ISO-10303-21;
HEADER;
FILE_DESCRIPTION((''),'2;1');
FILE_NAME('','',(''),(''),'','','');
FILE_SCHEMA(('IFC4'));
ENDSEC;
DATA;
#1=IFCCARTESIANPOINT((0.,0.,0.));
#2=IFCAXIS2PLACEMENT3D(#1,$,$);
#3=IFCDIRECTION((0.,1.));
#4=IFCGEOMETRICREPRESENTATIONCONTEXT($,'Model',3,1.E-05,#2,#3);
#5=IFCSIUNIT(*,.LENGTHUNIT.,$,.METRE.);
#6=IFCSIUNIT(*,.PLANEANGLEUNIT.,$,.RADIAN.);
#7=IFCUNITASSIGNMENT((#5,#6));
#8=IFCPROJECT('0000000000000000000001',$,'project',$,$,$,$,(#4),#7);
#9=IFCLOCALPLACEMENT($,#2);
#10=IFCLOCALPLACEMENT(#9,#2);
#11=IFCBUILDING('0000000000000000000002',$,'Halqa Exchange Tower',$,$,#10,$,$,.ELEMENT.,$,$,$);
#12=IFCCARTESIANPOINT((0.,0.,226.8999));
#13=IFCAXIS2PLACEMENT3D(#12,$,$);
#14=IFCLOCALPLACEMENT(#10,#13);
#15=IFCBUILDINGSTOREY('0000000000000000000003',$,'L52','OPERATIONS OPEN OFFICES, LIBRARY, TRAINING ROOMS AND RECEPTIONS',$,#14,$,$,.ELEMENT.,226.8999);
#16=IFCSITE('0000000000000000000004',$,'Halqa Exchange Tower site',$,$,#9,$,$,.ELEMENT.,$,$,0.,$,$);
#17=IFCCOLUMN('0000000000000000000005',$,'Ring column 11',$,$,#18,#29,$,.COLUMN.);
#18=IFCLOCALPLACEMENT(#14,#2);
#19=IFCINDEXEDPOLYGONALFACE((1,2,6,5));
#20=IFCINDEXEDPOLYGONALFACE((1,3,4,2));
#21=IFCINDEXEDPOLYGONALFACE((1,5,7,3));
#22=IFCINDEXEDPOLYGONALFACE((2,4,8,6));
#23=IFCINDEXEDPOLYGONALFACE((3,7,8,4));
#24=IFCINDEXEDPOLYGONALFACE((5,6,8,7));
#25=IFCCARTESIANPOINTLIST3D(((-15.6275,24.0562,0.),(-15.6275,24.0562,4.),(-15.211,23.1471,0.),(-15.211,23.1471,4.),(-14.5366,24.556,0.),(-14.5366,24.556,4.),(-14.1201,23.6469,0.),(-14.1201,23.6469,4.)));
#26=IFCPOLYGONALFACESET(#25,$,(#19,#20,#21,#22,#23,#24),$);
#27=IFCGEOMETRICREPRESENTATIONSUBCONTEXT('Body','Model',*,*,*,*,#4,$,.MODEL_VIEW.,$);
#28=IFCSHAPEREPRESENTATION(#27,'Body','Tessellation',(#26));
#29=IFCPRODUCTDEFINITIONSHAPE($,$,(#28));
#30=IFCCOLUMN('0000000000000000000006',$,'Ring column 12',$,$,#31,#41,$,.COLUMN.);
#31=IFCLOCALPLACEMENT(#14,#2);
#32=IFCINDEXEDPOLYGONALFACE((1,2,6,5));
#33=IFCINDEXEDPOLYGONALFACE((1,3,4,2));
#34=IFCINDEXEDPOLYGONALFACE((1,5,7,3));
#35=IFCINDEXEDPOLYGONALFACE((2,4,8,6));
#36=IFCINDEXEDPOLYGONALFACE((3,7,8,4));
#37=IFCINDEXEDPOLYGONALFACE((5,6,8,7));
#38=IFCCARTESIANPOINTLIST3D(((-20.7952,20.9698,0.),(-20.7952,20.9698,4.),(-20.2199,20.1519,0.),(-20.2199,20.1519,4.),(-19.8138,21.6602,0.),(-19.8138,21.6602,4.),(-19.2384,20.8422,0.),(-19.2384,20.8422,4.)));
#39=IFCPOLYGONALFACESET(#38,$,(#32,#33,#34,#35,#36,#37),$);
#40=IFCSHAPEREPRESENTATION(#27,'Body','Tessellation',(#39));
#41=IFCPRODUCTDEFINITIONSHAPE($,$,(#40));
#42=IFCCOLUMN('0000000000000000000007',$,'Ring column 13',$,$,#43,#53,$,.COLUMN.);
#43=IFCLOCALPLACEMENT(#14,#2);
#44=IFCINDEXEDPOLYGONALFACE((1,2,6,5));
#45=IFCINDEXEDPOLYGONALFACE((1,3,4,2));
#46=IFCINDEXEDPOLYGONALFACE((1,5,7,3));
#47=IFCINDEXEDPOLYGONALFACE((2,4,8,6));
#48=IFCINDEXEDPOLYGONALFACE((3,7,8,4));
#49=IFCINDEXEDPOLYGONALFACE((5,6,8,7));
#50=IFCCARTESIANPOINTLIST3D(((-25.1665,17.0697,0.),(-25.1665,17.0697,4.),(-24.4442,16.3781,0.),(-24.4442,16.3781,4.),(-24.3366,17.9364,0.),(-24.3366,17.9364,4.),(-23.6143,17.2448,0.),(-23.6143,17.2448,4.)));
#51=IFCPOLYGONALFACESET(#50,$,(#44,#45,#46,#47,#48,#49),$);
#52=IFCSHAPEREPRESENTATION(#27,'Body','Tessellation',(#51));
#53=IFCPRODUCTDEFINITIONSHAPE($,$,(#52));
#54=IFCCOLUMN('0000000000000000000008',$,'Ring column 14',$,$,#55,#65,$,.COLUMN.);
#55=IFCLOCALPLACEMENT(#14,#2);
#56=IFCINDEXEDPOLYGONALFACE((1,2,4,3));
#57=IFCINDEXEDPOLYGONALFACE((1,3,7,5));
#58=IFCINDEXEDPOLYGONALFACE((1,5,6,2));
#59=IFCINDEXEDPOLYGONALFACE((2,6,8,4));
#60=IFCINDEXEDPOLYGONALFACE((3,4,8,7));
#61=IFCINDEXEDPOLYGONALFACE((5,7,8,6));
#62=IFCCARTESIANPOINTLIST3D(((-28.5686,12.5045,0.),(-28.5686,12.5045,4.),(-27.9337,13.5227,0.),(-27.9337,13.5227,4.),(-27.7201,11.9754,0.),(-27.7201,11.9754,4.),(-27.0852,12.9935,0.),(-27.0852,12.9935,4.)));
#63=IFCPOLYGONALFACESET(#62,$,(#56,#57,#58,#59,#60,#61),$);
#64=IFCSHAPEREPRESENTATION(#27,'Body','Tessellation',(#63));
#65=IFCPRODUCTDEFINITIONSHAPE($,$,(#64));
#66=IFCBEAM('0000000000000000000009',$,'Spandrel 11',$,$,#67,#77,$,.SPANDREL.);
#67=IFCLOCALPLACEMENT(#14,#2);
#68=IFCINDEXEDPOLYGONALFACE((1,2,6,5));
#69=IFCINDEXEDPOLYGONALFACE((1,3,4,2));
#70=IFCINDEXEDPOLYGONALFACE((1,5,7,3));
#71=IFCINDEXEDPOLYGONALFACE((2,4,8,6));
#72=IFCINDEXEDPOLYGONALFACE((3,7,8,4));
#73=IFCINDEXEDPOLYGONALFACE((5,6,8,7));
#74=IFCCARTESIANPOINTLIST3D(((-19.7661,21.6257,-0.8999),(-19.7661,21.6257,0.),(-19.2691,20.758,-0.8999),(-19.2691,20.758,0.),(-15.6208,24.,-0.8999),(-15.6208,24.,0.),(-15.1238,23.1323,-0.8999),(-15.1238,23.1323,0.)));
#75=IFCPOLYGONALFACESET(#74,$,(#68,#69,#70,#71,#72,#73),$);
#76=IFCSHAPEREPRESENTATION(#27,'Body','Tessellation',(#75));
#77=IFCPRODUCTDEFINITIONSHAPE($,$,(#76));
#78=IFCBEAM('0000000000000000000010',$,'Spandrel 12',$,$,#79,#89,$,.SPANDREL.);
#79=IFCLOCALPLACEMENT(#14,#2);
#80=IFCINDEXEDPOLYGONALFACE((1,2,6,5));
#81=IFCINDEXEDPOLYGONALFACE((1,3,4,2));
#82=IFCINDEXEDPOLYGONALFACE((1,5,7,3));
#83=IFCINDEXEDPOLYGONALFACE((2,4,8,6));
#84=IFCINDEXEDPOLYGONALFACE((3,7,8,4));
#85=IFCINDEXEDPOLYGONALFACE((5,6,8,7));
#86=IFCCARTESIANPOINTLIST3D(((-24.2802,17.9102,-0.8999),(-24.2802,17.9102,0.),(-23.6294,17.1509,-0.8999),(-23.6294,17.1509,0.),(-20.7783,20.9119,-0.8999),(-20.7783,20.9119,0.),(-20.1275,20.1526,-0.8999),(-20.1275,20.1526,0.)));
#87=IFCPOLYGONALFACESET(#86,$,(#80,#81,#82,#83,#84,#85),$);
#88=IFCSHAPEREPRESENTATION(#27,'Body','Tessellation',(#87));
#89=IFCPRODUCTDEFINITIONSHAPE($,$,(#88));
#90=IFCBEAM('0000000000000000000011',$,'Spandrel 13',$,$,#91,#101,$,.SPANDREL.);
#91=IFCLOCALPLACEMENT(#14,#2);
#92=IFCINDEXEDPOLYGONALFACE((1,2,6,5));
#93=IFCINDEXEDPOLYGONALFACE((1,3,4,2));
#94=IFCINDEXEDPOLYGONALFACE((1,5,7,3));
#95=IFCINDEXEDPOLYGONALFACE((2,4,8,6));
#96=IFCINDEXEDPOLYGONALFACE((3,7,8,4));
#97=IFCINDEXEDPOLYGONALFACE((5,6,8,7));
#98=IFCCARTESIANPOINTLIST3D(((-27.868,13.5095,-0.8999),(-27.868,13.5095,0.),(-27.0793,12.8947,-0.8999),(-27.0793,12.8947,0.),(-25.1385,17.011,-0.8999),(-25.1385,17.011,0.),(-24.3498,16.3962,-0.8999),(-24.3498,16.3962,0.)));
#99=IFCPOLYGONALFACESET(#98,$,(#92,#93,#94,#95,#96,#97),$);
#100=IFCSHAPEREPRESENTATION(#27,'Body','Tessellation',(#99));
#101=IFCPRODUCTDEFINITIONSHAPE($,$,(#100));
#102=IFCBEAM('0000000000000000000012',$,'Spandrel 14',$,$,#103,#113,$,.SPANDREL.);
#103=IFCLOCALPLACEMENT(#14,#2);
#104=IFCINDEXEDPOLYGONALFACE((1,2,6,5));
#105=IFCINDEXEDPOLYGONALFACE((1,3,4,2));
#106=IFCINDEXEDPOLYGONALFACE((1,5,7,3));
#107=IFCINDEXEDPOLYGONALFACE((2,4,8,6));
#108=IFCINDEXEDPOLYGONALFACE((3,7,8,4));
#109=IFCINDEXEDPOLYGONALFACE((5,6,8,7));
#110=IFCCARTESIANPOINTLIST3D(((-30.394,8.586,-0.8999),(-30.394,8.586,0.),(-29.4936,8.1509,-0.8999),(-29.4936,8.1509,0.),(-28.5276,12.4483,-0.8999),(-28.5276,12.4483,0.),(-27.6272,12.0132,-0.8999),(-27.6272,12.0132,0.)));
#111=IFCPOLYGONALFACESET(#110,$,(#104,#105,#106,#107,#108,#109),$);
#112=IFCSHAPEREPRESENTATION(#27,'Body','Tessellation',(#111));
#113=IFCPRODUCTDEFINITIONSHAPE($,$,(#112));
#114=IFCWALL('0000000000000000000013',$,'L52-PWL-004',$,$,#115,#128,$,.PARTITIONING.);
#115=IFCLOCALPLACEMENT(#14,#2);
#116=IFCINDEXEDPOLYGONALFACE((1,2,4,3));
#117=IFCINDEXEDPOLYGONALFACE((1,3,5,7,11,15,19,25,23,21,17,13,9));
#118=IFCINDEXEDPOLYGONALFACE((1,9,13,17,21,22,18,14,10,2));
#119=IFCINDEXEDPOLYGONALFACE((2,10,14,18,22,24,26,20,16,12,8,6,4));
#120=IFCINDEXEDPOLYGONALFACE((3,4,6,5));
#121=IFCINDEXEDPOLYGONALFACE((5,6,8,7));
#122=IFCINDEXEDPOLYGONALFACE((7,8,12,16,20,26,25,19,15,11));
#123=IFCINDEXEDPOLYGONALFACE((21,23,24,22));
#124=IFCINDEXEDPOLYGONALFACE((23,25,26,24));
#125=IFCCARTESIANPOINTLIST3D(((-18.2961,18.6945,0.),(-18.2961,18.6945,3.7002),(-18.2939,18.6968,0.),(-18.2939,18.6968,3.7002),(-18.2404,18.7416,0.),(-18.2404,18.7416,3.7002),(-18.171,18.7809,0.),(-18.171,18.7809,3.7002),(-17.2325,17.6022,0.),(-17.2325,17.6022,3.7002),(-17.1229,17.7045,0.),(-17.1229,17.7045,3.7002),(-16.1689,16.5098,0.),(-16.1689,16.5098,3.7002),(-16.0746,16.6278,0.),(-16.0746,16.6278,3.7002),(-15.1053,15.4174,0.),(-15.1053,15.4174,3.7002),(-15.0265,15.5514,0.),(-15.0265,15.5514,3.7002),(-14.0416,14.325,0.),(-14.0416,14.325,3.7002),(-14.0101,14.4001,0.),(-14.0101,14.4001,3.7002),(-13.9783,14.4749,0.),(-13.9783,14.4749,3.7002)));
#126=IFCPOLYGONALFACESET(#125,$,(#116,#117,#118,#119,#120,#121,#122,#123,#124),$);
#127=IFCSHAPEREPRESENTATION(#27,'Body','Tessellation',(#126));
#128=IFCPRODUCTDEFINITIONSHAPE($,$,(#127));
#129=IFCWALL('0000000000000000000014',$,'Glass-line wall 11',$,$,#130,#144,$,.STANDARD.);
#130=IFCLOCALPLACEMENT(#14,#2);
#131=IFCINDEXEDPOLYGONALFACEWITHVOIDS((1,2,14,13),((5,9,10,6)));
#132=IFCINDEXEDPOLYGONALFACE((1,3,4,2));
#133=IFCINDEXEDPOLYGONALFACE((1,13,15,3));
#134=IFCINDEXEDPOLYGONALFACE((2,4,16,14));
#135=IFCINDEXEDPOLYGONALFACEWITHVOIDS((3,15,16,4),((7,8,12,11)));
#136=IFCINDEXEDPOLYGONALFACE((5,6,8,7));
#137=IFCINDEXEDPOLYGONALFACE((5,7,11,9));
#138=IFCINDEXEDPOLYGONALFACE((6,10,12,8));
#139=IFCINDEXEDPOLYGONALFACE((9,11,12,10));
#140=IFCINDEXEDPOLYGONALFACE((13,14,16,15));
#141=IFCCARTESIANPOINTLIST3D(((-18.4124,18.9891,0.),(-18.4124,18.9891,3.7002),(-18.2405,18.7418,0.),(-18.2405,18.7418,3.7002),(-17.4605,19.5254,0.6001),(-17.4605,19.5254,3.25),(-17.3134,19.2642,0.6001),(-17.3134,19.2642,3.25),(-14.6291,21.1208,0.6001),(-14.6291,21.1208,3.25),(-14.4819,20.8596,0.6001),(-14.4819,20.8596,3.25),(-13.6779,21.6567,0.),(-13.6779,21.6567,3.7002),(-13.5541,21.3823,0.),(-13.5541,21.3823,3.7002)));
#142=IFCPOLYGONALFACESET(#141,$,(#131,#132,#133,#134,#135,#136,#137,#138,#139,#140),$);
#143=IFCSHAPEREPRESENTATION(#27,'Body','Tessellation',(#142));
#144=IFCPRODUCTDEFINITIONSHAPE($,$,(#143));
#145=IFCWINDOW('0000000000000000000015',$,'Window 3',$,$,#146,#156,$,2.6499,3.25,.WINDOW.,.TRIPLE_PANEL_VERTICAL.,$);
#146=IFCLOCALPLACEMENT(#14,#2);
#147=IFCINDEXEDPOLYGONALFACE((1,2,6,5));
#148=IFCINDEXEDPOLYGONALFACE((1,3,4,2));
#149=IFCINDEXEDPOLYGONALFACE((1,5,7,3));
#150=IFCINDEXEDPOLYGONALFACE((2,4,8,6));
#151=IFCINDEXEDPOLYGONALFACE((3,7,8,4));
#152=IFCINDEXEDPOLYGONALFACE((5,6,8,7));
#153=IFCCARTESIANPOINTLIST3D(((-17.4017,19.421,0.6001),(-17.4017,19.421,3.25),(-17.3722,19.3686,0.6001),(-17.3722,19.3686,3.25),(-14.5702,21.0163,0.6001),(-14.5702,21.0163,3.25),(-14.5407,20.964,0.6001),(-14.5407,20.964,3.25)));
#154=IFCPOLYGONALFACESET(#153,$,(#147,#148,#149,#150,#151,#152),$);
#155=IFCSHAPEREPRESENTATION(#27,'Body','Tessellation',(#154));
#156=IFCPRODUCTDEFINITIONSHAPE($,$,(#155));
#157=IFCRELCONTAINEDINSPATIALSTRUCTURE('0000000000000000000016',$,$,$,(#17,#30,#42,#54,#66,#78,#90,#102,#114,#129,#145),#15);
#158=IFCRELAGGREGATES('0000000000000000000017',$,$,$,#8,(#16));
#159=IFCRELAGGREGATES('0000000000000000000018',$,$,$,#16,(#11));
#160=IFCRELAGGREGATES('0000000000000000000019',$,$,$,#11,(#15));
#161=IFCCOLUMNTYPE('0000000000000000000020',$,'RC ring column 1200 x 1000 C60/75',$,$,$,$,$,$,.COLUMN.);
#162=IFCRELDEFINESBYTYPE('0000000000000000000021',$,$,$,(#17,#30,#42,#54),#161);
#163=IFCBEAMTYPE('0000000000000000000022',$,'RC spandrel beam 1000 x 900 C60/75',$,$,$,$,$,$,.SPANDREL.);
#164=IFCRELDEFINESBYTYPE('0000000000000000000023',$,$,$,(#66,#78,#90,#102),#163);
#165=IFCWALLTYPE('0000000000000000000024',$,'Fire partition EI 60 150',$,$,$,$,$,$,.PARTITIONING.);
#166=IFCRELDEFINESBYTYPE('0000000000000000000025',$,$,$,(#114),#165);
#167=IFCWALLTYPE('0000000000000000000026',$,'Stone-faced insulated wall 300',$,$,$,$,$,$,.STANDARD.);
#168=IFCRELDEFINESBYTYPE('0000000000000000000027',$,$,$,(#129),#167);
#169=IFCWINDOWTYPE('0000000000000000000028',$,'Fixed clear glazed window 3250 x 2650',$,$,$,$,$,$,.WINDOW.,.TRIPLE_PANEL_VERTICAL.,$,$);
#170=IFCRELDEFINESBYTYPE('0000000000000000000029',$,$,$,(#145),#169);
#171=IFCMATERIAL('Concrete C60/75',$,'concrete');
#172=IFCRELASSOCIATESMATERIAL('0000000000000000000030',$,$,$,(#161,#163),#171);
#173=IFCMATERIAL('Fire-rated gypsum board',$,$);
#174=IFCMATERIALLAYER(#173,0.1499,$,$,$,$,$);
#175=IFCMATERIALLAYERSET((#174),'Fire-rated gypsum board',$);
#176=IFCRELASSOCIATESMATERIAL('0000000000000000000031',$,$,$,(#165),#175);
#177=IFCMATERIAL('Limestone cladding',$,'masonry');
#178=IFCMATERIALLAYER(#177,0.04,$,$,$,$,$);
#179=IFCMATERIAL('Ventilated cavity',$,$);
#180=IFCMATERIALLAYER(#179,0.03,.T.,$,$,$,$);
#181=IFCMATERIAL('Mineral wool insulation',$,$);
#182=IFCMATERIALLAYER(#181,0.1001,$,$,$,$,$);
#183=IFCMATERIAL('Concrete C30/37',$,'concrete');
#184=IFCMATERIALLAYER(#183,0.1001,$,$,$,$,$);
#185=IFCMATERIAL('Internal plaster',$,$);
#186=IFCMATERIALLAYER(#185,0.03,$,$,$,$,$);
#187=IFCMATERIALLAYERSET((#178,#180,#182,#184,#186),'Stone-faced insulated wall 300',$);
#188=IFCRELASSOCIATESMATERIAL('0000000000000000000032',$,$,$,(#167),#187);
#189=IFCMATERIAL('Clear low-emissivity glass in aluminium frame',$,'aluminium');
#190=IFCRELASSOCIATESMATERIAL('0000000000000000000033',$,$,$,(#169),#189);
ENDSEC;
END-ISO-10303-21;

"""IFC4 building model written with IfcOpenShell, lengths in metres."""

from ifc_helpers import new_model, si_unit, direction, frame, frame_2d, origin, origin_2d, place, context, subcontext, project, spatial, polyline, rectangle, outline, extrude, material, layer, layer_set, material_profile, profile_set, type_object, element, fill, save


model = new_model("IFC4")

# Units and contexts
model_context = context("Model", 3, precision=1e-05, world=origin(), true_north=direction((0.0, 1.0)))
body_context = subcontext(model_context, "Body", "Model", "MODEL_VIEW")
ifc_project = project(units=[si_unit("LENGTHUNIT", "METRE"), si_unit("PLANEANGLEUNIT", "RADIAN")], contexts=[model_context])

# Site, building, storey
site_placement = place(None, origin())
site = spatial("IfcSite", under=ifc_project, at=site_placement, Name="Halqa Exchange Tower site", CompositionType="ELEMENT", RefElevation=0.0)
building_placement = place(site_placement, origin())
building = spatial("IfcBuilding", under=site, at=building_placement, Name="Halqa Exchange Tower", CompositionType="ELEMENT")
storey_placement = place(building_placement, frame((0.0, 0.0, 226.8999)))
storey = spatial("IfcBuildingStorey", under=building, at=storey_placement, Name="L52", Description="OPERATIONS OPEN OFFICES, LIBRARY, TRAINING ROOMS AND RECEPTIONS", CompositionType="ELEMENT", Elevation=226.8999)

# Columns
ifc_material_1 = material(Name="Concrete C60/75", Category="concrete")
ifc_material_profile_1 = material_profile(ifc_material_1, rectangle(XDim=1.2, YDim=1.0, at=origin_2d()), Name="1200 x 1000")
ifc_profile_set_1 = profile_set([ifc_material_profile_1], Name="Concrete C60/75")
column_type = type_object("IfcColumnType", Name="RC ring column 1200 x 1000 C60/75", PredefinedType="COLUMN", material=ifc_profile_set_1)
for number, where, z_axis, x_axis, name in (
    (1, (-14.8738, 23.8516, 0.0), (0.0, 0.0, 1.0), (-0.909129, -0.416516, 0.0), "Ring column 11"),
    (2, (-20.0168, 20.906, 0.0), (0.0, 0.0, 1.0), (-0.817909, -0.575348, 0.0), "Ring column 12"),
    (3, (-24.3904, 17.1572, 0.0), (0.0, 0.0, 1.0), (-0.691576, -0.722304, 0.0), "Ring column 13"),
    (4, (-27.8269, 12.749, 0.0), (0.0, 0.0, 1.0), (-0.529146, -0.848531, 0.0), "Ring column 14"),
):
    element("IfcColumn", number, at=place(storey_placement, frame(where, z_axis=z_axis, x_axis=x_axis)), inside=storey, type_object=column_type, Name=name, PredefinedType="COLUMN", context=body_context, shape_type="SweptSolid", body=[
        extrude(rectangle(XDim=1.2, YDim=1.0, at=origin_2d()), origin(), (0.0, 0.0, 1.0), 4.0),
    ])

# Beams
ifc_material_profile_2 = material_profile(ifc_material_1, rectangle(XDim=1.0, YDim=0.8999, at=origin_2d()), Name="1000 x 900")
ifc_profile_set_2 = profile_set([ifc_material_profile_2], Name="Concrete C60/75")
beam_type = type_object("IfcBeamType", Name="RC spandrel beam 1000 x 900 C60/75", PredefinedType="SPANDREL", material=ifc_profile_set_2)
beam_1_placement = place(storey_placement, frame((-15.3723, 23.5662, -0.45), z_axis=(-0.867743, -0.497014, 0.0), x_axis=(0.497014, -0.867743, 0.0)))
element("IfcBeam", 5, at=beam_1_placement, inside=storey, type_object=beam_type, Name="Spandrel 11", PredefinedType="SPANDREL", context=body_context, shape_type="SweptSolid", body=[
    extrude(rectangle(XDim=1.0, YDim=0.8999, at=origin_2d()), origin(), (0.0, 0.0, 1.0), 4.7771),
])
beam_2_placement = place(storey_placement, frame((-20.4529, 20.5322, -0.45), z_axis=(-0.759253, -0.650796, 0.0), x_axis=(0.650796, -0.759253, 0.0)))
element("IfcBeam", 6, at=beam_2_placement, inside=storey, type_object=beam_type, Name="Spandrel 12", PredefinedType="SPANDREL", context=body_context, shape_type="SweptSolid", body=[
    extrude(rectangle(XDim=1.0, YDim=0.8999, at=origin_2d()), origin(), (0.0, 0.0, 1.0), 4.6123),
])
beam_3_placement = place(storey_placement, frame((-24.7441, 16.7036, -0.45), z_axis=(-0.614801, -0.788683, 0.0), x_axis=(0.788683, -0.614801, 0.0)))
element("IfcBeam", 7, at=beam_3_placement, inside=storey, type_object=beam_type, Name="Spandrel 13", PredefinedType="SPANDREL", context=body_context, shape_type="SweptSolid", body=[
    extrude(rectangle(XDim=1.0, YDim=0.8999, at=origin_2d()), origin(), (0.0, 0.0, 1.0), 4.4397),
])
beam_4_placement = place(storey_placement, frame((-28.0774, 12.2307, -0.45), z_axis=(-0.435107, -0.900379, 0.0), x_axis=(0.900379, -0.435107, 0.0)))
element("IfcBeam", 8, at=beam_4_placement, inside=storey, type_object=beam_type, Name="Spandrel 14", PredefinedType="SPANDREL", context=body_context, shape_type="SweptSolid", body=[
    extrude(rectangle(XDim=1.0, YDim=0.8999, at=origin_2d()), origin(), (0.0, 0.0, 1.0), 4.2896),
])

# Wall
ifc_material_2 = material(Name="Fire-rated gypsum board")
ifc_layer_1 = layer(ifc_material_2, 0.1499)
ifc_layer_set_1 = layer_set([ifc_layer_1], Name="Fire-rated gypsum board")
wall_type_1 = type_object("IfcWallType", Name="Fire partition EI 60 150", PredefinedType="PARTITIONING", material=ifc_layer_set_1)
wall_1_placement = place(storey_placement, frame((-18.2424, 18.7468, 0.0), z_axis=(0.0, 0.0, 1.0), x_axis=(0.697617, -0.716471, 0.0)))
element("IfcWall", 9, at=wall_1_placement, inside=storey, type_object=wall_type_1, Name="L52-PWL-004", PredefinedType="PARTITIONING", context=body_context, shape_type="SweptSolid", body=[
    extrude(outline(polyline([(0.0, -0.075), (1.5247, -0.075), (3.0493, -0.075), (4.574, -0.075), (6.0986, -0.075), (6.0669, 0.0), (6.0354, 0.075), (4.533, 0.075), (3.0305, 0.075), (1.5278, 0.075), (0.0254, 0.075), (0.0051, -0.0022), (0.0, -0.0718), (0.0, -0.075)])), origin(), (0.0, 0.0, 1.0), 3.7002),
])

# Wall, opening, window
ifc_material_3 = material(Name="Limestone cladding", Category="masonry")
ifc_layer_2 = layer(ifc_material_3, 0.04)
ifc_material_4 = material(Name="Ventilated cavity")
ifc_layer_3 = layer(ifc_material_4, 0.03, ventilated=True)
ifc_material_5 = material(Name="Mineral wool insulation")
ifc_layer_4 = layer(ifc_material_5, 0.1001)
ifc_material_6 = material(Name="Concrete C30/37", Category="concrete")
ifc_layer_5 = layer(ifc_material_6, 0.1001)
ifc_material_7 = material(Name="Internal plaster")
ifc_layer_6 = layer(ifc_material_7, 0.03)
ifc_layer_set_2 = layer_set([ifc_layer_2, ifc_layer_3, ifc_layer_4, ifc_layer_5, ifc_layer_6], Name="Stone-faced insulated wall 300")
wall_type_2 = type_object("IfcWallType", Name="Stone-faced insulated wall 300", PredefinedType="STANDARD", material=ifc_layer_set_2)
wall_2_placement = place(storey_placement, frame((-13.616, 21.5195, 0.0), z_axis=(0.0, 0.0, 1.0), x_axis=(-0.871226, -0.490883, 0.0)))
wall_2 = element("IfcWall", 10, at=wall_2_placement, inside=storey, type_object=wall_type_2, Name="Glass-line wall 11", PredefinedType="STANDARD", context=body_context, shape_type="SweptSolid", body=[
    extrude(outline(polyline([(-0.0134, -0.1499), (5.4209, -0.1499), (5.3926, 0.1499), (0.0134, 0.1499), (-0.0134, -0.1499)])), origin(), (0.0, 0.0, 1.0), 3.7002),
])
opening_1_placement = place(wall_2_placement, frame((1.0784, 0.0, 0.6001)))
opening_1 = element("IfcOpeningElement", 11, at=opening_1_placement, cuts=wall_2, PredefinedType="OPENING", context=body_context, shape_type="SweptSolid", body=[
    extrude(rectangle(XDim=3.25, YDim=2.6499, at=frame_2d((1.625, 1.325))), frame((0.0, 0.1621, 0.0), z_axis=(0.0, -1.0, 0.0), x_axis=(1.0, 0.0, 0.0)), (0.0, 0.0, 1.0), 0.324),
])
ifc_material_8 = material(Name="Clear low-emissivity glass in aluminium frame", Category="aluminium")
window_type = type_object("IfcWindowType", Name="Fixed clear glazed window 3250 x 2650", PartitioningType="TRIPLE_PANEL_VERTICAL", PredefinedType="WINDOW", material=ifc_material_8)
window_1_placement = place(opening_1_placement, origin())
window_1 = element("IfcWindow", 12, at=window_1_placement, inside=storey, type_object=window_type, Name="Window 3", OverallHeight=2.6499, OverallWidth=3.25, PartitioningType="TRIPLE_PANEL_VERTICAL", PredefinedType="WINDOW", context=body_context, shape_type="SweptSolid", body=[
    extrude(rectangle(XDim=3.25, YDim=2.6499, at=frame_2d((1.625, 1.325))), frame((0.0, 0.03, 0.0), z_axis=(0.0, -1.0, 0.0), x_axis=(1.0, 0.0, 0.0)), (0.0, 0.0, 1.0), 0.0601),
])
fill(opening_1, window_1)

save(model, "model.ifc")
